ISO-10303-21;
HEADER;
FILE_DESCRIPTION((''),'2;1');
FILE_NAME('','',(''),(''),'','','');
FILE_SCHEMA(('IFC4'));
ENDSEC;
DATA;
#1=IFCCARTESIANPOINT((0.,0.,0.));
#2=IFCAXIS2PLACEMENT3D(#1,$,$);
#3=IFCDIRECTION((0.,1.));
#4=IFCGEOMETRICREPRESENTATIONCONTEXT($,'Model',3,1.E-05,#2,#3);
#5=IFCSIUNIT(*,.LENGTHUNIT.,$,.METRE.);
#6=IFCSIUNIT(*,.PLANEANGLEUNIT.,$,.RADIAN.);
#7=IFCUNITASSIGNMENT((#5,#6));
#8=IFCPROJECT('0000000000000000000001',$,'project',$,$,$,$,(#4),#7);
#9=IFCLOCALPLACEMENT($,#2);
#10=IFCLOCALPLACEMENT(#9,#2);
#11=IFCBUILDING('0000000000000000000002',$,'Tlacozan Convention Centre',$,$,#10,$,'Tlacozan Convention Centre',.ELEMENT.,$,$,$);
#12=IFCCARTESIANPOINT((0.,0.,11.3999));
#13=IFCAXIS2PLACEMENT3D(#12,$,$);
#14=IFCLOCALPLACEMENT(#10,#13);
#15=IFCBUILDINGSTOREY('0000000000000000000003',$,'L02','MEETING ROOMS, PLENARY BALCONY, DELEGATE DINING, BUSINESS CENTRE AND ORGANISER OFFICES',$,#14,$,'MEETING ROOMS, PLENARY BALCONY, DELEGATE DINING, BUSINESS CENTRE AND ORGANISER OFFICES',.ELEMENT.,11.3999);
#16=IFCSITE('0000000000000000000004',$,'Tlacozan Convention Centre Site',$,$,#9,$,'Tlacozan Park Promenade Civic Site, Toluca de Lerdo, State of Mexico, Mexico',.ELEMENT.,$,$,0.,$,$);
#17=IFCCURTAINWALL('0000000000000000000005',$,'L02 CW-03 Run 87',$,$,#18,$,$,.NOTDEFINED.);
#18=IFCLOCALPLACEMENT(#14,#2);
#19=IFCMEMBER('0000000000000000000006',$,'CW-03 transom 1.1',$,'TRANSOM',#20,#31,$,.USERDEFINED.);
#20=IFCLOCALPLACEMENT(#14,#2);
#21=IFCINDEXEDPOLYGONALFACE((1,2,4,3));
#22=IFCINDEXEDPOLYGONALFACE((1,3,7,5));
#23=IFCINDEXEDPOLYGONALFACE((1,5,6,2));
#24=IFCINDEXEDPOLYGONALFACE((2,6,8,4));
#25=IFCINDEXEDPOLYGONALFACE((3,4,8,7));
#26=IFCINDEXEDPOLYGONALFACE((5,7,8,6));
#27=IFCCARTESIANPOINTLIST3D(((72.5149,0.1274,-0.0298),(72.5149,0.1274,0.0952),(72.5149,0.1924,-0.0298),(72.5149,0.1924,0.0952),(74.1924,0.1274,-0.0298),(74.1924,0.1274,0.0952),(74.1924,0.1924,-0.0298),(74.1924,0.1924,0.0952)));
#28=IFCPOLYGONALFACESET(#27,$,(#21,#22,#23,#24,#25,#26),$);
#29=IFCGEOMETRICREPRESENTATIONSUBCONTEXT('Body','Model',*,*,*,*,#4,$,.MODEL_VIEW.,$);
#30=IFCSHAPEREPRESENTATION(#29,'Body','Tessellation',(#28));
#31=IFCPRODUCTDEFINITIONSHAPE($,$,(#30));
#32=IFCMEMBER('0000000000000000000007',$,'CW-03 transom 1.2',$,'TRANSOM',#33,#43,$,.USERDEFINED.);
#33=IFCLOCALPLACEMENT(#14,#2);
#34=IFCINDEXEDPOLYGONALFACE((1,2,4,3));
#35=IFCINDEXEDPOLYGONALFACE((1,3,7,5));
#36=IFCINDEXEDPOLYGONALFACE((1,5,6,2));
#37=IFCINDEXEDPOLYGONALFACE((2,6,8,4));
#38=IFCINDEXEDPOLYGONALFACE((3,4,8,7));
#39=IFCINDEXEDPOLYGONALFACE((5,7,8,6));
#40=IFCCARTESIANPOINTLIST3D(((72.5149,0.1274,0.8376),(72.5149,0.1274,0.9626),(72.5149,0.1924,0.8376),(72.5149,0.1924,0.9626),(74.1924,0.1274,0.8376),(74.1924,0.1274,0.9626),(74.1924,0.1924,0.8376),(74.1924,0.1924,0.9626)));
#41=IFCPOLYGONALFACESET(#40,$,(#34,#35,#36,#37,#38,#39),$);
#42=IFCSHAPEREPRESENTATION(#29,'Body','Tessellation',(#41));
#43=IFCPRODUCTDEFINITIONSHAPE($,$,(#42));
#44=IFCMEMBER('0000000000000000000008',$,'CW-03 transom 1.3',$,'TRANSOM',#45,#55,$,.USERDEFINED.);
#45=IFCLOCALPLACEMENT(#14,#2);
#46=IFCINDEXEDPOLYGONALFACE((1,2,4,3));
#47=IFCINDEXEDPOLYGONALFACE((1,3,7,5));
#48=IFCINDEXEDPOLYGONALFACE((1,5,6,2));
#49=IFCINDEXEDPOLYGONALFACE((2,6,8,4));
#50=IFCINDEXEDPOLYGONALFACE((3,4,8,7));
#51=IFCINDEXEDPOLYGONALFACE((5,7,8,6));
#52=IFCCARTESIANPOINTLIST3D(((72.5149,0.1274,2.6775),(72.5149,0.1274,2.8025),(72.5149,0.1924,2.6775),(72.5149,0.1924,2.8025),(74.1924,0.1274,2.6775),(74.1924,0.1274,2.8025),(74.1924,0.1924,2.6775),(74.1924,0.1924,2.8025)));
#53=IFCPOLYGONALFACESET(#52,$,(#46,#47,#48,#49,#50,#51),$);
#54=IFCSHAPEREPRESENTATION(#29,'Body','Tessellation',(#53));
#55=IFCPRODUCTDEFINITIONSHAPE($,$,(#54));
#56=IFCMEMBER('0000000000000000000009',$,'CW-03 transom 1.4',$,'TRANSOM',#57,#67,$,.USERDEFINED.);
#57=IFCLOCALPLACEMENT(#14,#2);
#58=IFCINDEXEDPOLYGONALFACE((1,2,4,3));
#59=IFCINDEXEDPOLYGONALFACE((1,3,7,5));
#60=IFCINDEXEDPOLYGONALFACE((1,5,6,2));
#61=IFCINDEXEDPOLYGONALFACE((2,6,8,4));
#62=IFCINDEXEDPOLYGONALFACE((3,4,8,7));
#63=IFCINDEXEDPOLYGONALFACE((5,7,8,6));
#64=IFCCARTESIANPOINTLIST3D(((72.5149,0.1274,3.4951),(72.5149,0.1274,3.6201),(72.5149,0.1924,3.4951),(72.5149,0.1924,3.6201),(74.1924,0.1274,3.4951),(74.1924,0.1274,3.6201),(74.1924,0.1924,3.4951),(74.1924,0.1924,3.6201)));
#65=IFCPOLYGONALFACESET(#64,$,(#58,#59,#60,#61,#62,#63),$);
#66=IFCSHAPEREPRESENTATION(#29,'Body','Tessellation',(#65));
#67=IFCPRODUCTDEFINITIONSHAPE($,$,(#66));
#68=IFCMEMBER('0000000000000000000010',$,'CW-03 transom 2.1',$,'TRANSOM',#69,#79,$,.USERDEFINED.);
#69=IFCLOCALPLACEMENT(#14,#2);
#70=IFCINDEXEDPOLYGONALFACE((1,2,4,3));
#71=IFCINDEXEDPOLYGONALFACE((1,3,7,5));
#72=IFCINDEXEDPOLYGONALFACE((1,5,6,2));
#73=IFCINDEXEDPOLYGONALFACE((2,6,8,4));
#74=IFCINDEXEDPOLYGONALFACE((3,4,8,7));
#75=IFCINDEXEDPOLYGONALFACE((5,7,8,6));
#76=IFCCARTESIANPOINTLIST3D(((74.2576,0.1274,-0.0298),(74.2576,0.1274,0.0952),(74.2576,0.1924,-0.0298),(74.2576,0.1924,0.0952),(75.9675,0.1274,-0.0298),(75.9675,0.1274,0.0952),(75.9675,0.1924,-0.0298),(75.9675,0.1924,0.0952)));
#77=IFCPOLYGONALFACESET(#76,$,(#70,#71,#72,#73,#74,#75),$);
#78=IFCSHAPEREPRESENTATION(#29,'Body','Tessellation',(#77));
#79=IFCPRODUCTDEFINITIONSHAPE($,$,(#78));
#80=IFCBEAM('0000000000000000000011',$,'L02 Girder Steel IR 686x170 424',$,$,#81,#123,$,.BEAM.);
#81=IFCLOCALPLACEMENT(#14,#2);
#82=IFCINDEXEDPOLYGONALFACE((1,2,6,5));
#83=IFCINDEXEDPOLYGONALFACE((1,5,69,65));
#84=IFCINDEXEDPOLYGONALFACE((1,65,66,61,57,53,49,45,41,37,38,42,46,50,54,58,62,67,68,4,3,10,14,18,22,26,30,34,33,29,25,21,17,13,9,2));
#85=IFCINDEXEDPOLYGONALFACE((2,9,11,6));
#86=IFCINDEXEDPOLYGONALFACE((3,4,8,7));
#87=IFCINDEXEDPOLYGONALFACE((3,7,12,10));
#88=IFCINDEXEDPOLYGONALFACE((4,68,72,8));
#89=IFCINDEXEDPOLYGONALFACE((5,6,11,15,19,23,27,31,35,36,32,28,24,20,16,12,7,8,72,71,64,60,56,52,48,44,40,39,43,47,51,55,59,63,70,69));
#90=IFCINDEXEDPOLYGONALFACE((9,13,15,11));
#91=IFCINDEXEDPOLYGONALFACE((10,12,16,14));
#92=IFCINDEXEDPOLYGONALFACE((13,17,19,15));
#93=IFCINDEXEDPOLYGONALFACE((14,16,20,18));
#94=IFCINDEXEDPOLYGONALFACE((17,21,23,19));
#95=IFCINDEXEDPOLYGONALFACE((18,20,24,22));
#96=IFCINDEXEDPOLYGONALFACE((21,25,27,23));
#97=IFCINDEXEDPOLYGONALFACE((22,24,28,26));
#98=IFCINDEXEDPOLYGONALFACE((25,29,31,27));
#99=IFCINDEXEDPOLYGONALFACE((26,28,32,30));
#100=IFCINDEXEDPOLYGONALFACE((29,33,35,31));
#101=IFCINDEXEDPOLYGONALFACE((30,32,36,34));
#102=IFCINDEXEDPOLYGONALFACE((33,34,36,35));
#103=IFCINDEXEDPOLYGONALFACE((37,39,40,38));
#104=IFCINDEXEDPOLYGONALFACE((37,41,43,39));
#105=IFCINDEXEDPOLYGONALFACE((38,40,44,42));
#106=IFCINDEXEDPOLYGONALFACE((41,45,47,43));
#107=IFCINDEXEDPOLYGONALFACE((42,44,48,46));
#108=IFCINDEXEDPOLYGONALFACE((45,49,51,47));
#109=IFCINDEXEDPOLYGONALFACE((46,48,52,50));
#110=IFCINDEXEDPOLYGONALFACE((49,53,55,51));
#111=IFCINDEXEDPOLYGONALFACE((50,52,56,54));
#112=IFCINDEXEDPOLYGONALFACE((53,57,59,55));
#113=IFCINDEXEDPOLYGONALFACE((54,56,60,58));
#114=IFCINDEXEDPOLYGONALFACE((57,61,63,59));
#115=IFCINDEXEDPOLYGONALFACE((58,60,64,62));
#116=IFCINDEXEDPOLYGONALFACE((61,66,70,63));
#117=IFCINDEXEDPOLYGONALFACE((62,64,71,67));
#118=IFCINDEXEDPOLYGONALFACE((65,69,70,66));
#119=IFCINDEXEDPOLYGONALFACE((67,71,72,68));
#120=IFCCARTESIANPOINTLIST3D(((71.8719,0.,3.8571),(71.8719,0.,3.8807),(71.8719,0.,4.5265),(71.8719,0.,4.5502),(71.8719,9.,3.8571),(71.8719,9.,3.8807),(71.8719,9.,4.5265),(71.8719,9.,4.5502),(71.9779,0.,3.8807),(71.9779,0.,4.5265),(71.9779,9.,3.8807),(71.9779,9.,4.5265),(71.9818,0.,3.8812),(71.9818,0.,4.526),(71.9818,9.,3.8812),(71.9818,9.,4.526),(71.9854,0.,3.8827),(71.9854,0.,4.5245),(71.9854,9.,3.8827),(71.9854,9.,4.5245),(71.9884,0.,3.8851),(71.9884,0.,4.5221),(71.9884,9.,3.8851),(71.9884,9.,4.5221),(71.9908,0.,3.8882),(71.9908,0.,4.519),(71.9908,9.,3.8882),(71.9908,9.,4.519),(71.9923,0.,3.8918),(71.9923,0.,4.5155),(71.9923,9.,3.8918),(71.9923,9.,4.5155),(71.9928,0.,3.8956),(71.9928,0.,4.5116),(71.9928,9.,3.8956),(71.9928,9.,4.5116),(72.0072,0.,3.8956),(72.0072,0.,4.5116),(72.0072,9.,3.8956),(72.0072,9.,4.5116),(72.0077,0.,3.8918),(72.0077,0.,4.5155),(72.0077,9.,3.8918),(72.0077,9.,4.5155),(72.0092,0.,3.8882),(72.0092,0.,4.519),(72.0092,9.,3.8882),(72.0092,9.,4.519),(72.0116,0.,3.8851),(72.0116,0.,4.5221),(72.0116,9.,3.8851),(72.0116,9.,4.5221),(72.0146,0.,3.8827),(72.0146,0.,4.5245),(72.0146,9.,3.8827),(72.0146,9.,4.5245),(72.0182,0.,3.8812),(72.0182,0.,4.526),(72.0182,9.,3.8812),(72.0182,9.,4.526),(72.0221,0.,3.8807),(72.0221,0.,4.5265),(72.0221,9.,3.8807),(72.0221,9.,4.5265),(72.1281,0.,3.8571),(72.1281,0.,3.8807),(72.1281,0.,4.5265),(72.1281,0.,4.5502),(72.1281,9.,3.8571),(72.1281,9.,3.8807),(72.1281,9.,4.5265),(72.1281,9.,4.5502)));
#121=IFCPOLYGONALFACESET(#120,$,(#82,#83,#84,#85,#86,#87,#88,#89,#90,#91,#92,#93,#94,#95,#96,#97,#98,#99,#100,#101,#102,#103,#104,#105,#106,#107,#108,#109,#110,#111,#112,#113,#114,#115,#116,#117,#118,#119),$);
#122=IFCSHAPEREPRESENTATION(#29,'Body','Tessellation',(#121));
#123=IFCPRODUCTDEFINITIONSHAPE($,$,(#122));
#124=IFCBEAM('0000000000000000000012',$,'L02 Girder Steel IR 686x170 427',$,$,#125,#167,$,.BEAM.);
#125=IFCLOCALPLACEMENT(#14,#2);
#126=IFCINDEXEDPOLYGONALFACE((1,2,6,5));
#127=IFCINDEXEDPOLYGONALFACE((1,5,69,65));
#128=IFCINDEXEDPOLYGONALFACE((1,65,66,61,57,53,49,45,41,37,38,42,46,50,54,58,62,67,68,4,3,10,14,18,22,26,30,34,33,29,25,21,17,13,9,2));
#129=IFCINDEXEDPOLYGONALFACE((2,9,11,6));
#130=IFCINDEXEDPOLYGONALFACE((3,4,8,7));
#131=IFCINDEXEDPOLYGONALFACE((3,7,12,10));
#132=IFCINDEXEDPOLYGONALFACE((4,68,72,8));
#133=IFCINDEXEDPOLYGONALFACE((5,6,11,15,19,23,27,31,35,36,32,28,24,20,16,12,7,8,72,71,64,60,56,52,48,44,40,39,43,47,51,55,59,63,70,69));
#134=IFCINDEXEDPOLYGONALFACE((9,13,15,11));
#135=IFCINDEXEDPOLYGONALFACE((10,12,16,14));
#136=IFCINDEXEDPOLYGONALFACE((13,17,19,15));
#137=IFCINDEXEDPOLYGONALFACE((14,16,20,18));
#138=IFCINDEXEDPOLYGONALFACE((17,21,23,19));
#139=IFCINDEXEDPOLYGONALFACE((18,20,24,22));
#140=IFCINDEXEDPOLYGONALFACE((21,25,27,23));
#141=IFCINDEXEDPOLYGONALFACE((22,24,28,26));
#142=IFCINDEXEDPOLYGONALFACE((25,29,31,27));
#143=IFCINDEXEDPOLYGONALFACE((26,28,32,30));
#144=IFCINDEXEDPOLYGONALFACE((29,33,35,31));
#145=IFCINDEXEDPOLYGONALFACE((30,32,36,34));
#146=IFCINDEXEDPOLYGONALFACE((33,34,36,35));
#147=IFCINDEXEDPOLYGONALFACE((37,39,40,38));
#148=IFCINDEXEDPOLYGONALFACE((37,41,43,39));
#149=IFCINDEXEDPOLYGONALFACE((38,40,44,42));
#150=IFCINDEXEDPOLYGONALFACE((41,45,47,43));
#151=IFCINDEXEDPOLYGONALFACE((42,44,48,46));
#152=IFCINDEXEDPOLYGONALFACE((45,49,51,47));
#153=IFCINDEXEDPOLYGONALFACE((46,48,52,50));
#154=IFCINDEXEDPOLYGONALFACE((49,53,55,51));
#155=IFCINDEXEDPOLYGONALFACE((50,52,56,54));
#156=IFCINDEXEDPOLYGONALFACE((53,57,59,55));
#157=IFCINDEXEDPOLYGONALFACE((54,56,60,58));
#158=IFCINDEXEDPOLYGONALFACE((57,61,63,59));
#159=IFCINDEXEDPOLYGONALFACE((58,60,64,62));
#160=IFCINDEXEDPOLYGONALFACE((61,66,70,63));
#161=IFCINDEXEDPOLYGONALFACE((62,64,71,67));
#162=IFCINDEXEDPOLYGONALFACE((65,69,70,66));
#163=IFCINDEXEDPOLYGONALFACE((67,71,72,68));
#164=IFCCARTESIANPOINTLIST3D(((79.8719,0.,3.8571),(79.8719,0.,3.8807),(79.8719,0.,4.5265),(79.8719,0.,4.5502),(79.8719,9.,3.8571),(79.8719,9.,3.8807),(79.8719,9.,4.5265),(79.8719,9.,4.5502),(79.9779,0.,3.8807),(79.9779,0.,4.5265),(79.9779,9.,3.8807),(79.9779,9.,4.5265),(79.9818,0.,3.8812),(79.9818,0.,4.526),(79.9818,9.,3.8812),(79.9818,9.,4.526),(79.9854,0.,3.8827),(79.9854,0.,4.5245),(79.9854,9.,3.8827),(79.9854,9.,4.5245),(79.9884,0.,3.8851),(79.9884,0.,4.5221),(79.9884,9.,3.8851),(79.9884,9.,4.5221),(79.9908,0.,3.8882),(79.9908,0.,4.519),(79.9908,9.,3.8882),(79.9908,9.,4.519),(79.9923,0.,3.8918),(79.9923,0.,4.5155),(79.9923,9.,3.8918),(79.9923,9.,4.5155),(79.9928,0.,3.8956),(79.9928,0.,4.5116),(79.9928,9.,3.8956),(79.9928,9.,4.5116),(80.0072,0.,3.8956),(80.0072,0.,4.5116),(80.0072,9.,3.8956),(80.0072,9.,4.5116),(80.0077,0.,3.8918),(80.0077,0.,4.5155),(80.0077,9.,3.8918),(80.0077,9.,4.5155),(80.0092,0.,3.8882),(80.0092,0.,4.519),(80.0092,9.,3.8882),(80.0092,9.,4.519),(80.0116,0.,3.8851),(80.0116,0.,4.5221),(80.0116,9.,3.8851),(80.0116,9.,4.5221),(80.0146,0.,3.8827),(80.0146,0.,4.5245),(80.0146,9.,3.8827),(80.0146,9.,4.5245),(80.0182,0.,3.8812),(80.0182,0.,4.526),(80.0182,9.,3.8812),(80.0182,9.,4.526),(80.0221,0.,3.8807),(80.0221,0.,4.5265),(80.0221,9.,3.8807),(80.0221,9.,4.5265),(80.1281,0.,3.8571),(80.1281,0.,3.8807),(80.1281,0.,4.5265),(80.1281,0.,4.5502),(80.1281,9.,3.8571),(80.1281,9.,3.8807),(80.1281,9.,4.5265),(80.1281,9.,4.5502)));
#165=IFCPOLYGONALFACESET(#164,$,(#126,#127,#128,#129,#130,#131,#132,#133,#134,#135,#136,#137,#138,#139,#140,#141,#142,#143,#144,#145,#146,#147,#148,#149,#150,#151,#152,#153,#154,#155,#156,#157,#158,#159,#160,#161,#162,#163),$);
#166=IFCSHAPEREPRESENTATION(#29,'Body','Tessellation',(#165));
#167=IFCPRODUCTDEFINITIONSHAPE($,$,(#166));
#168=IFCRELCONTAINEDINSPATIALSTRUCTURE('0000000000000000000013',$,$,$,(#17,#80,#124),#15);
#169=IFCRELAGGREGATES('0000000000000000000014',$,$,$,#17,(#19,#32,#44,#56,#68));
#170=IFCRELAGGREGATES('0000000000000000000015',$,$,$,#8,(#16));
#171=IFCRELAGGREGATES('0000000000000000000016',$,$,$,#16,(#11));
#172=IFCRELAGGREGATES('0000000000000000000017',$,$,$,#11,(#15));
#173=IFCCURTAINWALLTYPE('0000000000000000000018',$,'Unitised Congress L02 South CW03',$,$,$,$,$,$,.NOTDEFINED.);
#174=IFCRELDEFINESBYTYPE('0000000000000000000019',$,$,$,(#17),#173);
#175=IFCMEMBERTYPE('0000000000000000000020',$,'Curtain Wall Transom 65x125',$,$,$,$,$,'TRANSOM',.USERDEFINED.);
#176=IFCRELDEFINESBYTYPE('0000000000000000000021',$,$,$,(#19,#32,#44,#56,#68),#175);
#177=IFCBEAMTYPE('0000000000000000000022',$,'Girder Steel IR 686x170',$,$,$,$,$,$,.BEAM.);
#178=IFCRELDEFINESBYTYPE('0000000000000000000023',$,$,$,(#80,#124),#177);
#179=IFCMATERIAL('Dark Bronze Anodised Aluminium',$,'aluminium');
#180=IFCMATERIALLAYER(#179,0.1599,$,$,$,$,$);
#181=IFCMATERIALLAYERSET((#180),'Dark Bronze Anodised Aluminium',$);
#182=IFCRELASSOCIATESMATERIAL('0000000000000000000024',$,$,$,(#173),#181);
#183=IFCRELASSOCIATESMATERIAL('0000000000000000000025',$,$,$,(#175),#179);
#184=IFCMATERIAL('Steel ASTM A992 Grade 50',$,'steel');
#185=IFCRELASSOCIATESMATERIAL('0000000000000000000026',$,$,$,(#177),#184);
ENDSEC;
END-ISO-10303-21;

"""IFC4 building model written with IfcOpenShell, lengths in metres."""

from ifc_helpers import new_model, si_unit, direction, frame, origin, origin_2d, place, context, subcontext, project, spatial, rectangle, i_section, extrude, material, layer, layer_set, material_profile, profile_set, type_object, element, aggregate, save


model = new_model("IFC4")

# Units and contexts
model_context = context("Model", 3, precision=1e-05, world=origin(), true_north=direction((0.0, 1.0)))
body_context = subcontext(model_context, "Body", "Model", "MODEL_VIEW")
ifc_project = project(units=[si_unit("LENGTHUNIT", "METRE"), si_unit("PLANEANGLEUNIT", "RADIAN")], contexts=[model_context])

# Site, building, storey
site_placement = place(None, origin())
site = spatial("IfcSite", under=ifc_project, at=site_placement, Name="Tlacozan Convention Centre Site", LongName="Tlacozan Park Promenade Civic Site, Toluca de Lerdo, State of Mexico, Mexico", CompositionType="ELEMENT", RefElevation=0.0)
building_placement = place(site_placement, origin())
building = spatial("IfcBuilding", under=site, at=building_placement, Name="Tlacozan Convention Centre", LongName="Tlacozan Convention Centre", CompositionType="ELEMENT")
storey_placement = place(building_placement, frame((0.0, 0.0, 11.3999)))
storey = spatial("IfcBuildingStorey", under=building, at=storey_placement, Name="L02", Description="MEETING ROOMS, PLENARY BALCONY, DELEGATE DINING, BUSINESS CENTRE AND ORGANISER OFFICES", LongName="MEETING ROOMS, PLENARY BALCONY, DELEGATE DINING, BUSINESS CENTRE AND ORGANISER OFFICES", CompositionType="ELEMENT", Elevation=11.3999)

# Curtain wall
ifc_material_1 = material(Name="Dark Bronze Anodised Aluminium", Category="aluminium")
ifc_layer_1 = layer(ifc_material_1, 0.1599)
ifc_layer_set_1 = layer_set([ifc_layer_1], Name="Dark Bronze Anodised Aluminium")
curtain_wall_type = type_object("IfcCurtainWallType", Name="Unitised Congress L02 South CW03", PredefinedType="NOTDEFINED", material=ifc_layer_set_1)
curtain_wall_1_placement = place(storey_placement, origin())
curtain_wall_1 = element("IfcCurtainWall", 1, at=curtain_wall_1_placement, inside=storey, type_object=curtain_wall_type, Name="L02 CW-03 Run 87", PredefinedType="NOTDEFINED")

# Members
ifc_material_profile_1 = material_profile(ifc_material_1, rectangle(XDim=0.0649, YDim=0.125, at=origin_2d()), Name="ALU 65x125")
ifc_profile_set_1 = profile_set([ifc_material_profile_1], Name="Dark Bronze Anodised Aluminium")
member_type_1 = type_object("IfcMemberType", Name="Curtain Wall Transom 65x125", ElementType="TRANSOM", PredefinedType="USERDEFINED", material=ifc_profile_set_1)
member_1_placement = place(storey_placement, frame((72.5149, 0.1599, 0.0327), z_axis=(1.0, 0.0, 0.0), x_axis=(0.0, 1.0, 0.0)))
member_1 = element("IfcMember", 2, at=member_1_placement, type_object=member_type_1, Name="CW-03 transom 1.1", ObjectType="TRANSOM", PredefinedType="USERDEFINED", context=body_context, shape_type="SweptSolid", body=[
    extrude(rectangle(XDim=0.0649, YDim=0.125, at=origin_2d()), origin(), (0.0, 0.0, 1.0), 1.6775),
])
member_2_placement = place(storey_placement, frame((72.5149, 0.1599, 0.9001), z_axis=(1.0, 0.0, 0.0), x_axis=(0.0, 1.0, 0.0)))
member_2 = element("IfcMember", 3, at=member_2_placement, type_object=member_type_1, Name="CW-03 transom 1.2", ObjectType="TRANSOM", PredefinedType="USERDEFINED", context=body_context, shape_type="SweptSolid", body=[
    extrude(rectangle(XDim=0.0649, YDim=0.125, at=origin_2d()), origin(), (0.0, 0.0, 1.0), 1.6775),
])
member_3_placement = place(storey_placement, frame((72.5149, 0.1599, 2.74), z_axis=(1.0, 0.0, 0.0), x_axis=(0.0, 1.0, 0.0)))
member_3 = element("IfcMember", 4, at=member_3_placement, type_object=member_type_1, Name="CW-03 transom 1.3", ObjectType="TRANSOM", PredefinedType="USERDEFINED", context=body_context, shape_type="SweptSolid", body=[
    extrude(rectangle(XDim=0.0649, YDim=0.125, at=origin_2d()), origin(), (0.0, 0.0, 1.0), 1.6775),
])
member_4_placement = place(storey_placement, frame((72.5149, 0.1599, 3.5576), z_axis=(1.0, 0.0, 0.0), x_axis=(0.0, 1.0, 0.0)))
member_4 = element("IfcMember", 5, at=member_4_placement, type_object=member_type_1, Name="CW-03 transom 1.4", ObjectType="TRANSOM", PredefinedType="USERDEFINED", context=body_context, shape_type="SweptSolid", body=[
    extrude(rectangle(XDim=0.0649, YDim=0.125, at=origin_2d()), origin(), (0.0, 0.0, 1.0), 1.6775),
])
member_5_placement = place(storey_placement, frame((74.2576, 0.1599, 0.0327), z_axis=(1.0, 0.0, 0.0), x_axis=(0.0, 1.0, 0.0)))
member_5 = element("IfcMember", 6, at=member_5_placement, type_object=member_type_1, Name="CW-03 transom 2.1", ObjectType="TRANSOM", PredefinedType="USERDEFINED", context=body_context, shape_type="SweptSolid", body=[
    extrude(rectangle(XDim=0.0649, YDim=0.125, at=origin_2d()), origin(), (0.0, 0.0, 1.0), 1.71),
])

# Beams
ifc_material_2 = material(Name="Steel ASTM A992 Grade 50", Category="steel")
ifc_material_profile_2 = material_profile(ifc_material_2, i_section(OverallWidth=0.2561, OverallDepth=0.6931, WebThickness=0.0144, FlangeThickness=0.0237, FilletRadius=0.0149, at=origin_2d()), Name="IR 686x170.0")
ifc_profile_set_2 = profile_set([ifc_material_profile_2], Name="Steel ASTM A992 Grade 50")
beam_type_1 = type_object("IfcBeamType", Name="Girder Steel IR 686x170", PredefinedType="BEAM", material=ifc_profile_set_2)
for number, where, z_axis, x_axis, name in (
    (7, (72.0, 0.0, 4.2036), (0.0, 1.0, 0.0), (-1.0, 0.0, 0.0), "L02 Girder Steel IR 686x170 424"),
    (8, (80.0, 0.0, 4.2036), (0.0, 1.0, 0.0), (-1.0, 0.0, 0.0), "L02 Girder Steel IR 686x170 427"),
):
    element("IfcBeam", number, at=place(storey_placement, frame(where, z_axis=z_axis, x_axis=x_axis)), inside=storey, type_object=beam_type_1, Name=name, PredefinedType="BEAM", context=body_context, shape_type="SweptSolid", body=[
        extrude(i_section(OverallWidth=0.2561, OverallDepth=0.6931, WebThickness=0.0144, FlangeThickness=0.0237, FilletRadius=0.0149, at=origin_2d()), origin(), (0.0, 0.0, 1.0), 9.0),
    ])

aggregate(curtain_wall_1, [member_1, member_2, member_3, member_4, member_5])

save(model, "model.ifc")
